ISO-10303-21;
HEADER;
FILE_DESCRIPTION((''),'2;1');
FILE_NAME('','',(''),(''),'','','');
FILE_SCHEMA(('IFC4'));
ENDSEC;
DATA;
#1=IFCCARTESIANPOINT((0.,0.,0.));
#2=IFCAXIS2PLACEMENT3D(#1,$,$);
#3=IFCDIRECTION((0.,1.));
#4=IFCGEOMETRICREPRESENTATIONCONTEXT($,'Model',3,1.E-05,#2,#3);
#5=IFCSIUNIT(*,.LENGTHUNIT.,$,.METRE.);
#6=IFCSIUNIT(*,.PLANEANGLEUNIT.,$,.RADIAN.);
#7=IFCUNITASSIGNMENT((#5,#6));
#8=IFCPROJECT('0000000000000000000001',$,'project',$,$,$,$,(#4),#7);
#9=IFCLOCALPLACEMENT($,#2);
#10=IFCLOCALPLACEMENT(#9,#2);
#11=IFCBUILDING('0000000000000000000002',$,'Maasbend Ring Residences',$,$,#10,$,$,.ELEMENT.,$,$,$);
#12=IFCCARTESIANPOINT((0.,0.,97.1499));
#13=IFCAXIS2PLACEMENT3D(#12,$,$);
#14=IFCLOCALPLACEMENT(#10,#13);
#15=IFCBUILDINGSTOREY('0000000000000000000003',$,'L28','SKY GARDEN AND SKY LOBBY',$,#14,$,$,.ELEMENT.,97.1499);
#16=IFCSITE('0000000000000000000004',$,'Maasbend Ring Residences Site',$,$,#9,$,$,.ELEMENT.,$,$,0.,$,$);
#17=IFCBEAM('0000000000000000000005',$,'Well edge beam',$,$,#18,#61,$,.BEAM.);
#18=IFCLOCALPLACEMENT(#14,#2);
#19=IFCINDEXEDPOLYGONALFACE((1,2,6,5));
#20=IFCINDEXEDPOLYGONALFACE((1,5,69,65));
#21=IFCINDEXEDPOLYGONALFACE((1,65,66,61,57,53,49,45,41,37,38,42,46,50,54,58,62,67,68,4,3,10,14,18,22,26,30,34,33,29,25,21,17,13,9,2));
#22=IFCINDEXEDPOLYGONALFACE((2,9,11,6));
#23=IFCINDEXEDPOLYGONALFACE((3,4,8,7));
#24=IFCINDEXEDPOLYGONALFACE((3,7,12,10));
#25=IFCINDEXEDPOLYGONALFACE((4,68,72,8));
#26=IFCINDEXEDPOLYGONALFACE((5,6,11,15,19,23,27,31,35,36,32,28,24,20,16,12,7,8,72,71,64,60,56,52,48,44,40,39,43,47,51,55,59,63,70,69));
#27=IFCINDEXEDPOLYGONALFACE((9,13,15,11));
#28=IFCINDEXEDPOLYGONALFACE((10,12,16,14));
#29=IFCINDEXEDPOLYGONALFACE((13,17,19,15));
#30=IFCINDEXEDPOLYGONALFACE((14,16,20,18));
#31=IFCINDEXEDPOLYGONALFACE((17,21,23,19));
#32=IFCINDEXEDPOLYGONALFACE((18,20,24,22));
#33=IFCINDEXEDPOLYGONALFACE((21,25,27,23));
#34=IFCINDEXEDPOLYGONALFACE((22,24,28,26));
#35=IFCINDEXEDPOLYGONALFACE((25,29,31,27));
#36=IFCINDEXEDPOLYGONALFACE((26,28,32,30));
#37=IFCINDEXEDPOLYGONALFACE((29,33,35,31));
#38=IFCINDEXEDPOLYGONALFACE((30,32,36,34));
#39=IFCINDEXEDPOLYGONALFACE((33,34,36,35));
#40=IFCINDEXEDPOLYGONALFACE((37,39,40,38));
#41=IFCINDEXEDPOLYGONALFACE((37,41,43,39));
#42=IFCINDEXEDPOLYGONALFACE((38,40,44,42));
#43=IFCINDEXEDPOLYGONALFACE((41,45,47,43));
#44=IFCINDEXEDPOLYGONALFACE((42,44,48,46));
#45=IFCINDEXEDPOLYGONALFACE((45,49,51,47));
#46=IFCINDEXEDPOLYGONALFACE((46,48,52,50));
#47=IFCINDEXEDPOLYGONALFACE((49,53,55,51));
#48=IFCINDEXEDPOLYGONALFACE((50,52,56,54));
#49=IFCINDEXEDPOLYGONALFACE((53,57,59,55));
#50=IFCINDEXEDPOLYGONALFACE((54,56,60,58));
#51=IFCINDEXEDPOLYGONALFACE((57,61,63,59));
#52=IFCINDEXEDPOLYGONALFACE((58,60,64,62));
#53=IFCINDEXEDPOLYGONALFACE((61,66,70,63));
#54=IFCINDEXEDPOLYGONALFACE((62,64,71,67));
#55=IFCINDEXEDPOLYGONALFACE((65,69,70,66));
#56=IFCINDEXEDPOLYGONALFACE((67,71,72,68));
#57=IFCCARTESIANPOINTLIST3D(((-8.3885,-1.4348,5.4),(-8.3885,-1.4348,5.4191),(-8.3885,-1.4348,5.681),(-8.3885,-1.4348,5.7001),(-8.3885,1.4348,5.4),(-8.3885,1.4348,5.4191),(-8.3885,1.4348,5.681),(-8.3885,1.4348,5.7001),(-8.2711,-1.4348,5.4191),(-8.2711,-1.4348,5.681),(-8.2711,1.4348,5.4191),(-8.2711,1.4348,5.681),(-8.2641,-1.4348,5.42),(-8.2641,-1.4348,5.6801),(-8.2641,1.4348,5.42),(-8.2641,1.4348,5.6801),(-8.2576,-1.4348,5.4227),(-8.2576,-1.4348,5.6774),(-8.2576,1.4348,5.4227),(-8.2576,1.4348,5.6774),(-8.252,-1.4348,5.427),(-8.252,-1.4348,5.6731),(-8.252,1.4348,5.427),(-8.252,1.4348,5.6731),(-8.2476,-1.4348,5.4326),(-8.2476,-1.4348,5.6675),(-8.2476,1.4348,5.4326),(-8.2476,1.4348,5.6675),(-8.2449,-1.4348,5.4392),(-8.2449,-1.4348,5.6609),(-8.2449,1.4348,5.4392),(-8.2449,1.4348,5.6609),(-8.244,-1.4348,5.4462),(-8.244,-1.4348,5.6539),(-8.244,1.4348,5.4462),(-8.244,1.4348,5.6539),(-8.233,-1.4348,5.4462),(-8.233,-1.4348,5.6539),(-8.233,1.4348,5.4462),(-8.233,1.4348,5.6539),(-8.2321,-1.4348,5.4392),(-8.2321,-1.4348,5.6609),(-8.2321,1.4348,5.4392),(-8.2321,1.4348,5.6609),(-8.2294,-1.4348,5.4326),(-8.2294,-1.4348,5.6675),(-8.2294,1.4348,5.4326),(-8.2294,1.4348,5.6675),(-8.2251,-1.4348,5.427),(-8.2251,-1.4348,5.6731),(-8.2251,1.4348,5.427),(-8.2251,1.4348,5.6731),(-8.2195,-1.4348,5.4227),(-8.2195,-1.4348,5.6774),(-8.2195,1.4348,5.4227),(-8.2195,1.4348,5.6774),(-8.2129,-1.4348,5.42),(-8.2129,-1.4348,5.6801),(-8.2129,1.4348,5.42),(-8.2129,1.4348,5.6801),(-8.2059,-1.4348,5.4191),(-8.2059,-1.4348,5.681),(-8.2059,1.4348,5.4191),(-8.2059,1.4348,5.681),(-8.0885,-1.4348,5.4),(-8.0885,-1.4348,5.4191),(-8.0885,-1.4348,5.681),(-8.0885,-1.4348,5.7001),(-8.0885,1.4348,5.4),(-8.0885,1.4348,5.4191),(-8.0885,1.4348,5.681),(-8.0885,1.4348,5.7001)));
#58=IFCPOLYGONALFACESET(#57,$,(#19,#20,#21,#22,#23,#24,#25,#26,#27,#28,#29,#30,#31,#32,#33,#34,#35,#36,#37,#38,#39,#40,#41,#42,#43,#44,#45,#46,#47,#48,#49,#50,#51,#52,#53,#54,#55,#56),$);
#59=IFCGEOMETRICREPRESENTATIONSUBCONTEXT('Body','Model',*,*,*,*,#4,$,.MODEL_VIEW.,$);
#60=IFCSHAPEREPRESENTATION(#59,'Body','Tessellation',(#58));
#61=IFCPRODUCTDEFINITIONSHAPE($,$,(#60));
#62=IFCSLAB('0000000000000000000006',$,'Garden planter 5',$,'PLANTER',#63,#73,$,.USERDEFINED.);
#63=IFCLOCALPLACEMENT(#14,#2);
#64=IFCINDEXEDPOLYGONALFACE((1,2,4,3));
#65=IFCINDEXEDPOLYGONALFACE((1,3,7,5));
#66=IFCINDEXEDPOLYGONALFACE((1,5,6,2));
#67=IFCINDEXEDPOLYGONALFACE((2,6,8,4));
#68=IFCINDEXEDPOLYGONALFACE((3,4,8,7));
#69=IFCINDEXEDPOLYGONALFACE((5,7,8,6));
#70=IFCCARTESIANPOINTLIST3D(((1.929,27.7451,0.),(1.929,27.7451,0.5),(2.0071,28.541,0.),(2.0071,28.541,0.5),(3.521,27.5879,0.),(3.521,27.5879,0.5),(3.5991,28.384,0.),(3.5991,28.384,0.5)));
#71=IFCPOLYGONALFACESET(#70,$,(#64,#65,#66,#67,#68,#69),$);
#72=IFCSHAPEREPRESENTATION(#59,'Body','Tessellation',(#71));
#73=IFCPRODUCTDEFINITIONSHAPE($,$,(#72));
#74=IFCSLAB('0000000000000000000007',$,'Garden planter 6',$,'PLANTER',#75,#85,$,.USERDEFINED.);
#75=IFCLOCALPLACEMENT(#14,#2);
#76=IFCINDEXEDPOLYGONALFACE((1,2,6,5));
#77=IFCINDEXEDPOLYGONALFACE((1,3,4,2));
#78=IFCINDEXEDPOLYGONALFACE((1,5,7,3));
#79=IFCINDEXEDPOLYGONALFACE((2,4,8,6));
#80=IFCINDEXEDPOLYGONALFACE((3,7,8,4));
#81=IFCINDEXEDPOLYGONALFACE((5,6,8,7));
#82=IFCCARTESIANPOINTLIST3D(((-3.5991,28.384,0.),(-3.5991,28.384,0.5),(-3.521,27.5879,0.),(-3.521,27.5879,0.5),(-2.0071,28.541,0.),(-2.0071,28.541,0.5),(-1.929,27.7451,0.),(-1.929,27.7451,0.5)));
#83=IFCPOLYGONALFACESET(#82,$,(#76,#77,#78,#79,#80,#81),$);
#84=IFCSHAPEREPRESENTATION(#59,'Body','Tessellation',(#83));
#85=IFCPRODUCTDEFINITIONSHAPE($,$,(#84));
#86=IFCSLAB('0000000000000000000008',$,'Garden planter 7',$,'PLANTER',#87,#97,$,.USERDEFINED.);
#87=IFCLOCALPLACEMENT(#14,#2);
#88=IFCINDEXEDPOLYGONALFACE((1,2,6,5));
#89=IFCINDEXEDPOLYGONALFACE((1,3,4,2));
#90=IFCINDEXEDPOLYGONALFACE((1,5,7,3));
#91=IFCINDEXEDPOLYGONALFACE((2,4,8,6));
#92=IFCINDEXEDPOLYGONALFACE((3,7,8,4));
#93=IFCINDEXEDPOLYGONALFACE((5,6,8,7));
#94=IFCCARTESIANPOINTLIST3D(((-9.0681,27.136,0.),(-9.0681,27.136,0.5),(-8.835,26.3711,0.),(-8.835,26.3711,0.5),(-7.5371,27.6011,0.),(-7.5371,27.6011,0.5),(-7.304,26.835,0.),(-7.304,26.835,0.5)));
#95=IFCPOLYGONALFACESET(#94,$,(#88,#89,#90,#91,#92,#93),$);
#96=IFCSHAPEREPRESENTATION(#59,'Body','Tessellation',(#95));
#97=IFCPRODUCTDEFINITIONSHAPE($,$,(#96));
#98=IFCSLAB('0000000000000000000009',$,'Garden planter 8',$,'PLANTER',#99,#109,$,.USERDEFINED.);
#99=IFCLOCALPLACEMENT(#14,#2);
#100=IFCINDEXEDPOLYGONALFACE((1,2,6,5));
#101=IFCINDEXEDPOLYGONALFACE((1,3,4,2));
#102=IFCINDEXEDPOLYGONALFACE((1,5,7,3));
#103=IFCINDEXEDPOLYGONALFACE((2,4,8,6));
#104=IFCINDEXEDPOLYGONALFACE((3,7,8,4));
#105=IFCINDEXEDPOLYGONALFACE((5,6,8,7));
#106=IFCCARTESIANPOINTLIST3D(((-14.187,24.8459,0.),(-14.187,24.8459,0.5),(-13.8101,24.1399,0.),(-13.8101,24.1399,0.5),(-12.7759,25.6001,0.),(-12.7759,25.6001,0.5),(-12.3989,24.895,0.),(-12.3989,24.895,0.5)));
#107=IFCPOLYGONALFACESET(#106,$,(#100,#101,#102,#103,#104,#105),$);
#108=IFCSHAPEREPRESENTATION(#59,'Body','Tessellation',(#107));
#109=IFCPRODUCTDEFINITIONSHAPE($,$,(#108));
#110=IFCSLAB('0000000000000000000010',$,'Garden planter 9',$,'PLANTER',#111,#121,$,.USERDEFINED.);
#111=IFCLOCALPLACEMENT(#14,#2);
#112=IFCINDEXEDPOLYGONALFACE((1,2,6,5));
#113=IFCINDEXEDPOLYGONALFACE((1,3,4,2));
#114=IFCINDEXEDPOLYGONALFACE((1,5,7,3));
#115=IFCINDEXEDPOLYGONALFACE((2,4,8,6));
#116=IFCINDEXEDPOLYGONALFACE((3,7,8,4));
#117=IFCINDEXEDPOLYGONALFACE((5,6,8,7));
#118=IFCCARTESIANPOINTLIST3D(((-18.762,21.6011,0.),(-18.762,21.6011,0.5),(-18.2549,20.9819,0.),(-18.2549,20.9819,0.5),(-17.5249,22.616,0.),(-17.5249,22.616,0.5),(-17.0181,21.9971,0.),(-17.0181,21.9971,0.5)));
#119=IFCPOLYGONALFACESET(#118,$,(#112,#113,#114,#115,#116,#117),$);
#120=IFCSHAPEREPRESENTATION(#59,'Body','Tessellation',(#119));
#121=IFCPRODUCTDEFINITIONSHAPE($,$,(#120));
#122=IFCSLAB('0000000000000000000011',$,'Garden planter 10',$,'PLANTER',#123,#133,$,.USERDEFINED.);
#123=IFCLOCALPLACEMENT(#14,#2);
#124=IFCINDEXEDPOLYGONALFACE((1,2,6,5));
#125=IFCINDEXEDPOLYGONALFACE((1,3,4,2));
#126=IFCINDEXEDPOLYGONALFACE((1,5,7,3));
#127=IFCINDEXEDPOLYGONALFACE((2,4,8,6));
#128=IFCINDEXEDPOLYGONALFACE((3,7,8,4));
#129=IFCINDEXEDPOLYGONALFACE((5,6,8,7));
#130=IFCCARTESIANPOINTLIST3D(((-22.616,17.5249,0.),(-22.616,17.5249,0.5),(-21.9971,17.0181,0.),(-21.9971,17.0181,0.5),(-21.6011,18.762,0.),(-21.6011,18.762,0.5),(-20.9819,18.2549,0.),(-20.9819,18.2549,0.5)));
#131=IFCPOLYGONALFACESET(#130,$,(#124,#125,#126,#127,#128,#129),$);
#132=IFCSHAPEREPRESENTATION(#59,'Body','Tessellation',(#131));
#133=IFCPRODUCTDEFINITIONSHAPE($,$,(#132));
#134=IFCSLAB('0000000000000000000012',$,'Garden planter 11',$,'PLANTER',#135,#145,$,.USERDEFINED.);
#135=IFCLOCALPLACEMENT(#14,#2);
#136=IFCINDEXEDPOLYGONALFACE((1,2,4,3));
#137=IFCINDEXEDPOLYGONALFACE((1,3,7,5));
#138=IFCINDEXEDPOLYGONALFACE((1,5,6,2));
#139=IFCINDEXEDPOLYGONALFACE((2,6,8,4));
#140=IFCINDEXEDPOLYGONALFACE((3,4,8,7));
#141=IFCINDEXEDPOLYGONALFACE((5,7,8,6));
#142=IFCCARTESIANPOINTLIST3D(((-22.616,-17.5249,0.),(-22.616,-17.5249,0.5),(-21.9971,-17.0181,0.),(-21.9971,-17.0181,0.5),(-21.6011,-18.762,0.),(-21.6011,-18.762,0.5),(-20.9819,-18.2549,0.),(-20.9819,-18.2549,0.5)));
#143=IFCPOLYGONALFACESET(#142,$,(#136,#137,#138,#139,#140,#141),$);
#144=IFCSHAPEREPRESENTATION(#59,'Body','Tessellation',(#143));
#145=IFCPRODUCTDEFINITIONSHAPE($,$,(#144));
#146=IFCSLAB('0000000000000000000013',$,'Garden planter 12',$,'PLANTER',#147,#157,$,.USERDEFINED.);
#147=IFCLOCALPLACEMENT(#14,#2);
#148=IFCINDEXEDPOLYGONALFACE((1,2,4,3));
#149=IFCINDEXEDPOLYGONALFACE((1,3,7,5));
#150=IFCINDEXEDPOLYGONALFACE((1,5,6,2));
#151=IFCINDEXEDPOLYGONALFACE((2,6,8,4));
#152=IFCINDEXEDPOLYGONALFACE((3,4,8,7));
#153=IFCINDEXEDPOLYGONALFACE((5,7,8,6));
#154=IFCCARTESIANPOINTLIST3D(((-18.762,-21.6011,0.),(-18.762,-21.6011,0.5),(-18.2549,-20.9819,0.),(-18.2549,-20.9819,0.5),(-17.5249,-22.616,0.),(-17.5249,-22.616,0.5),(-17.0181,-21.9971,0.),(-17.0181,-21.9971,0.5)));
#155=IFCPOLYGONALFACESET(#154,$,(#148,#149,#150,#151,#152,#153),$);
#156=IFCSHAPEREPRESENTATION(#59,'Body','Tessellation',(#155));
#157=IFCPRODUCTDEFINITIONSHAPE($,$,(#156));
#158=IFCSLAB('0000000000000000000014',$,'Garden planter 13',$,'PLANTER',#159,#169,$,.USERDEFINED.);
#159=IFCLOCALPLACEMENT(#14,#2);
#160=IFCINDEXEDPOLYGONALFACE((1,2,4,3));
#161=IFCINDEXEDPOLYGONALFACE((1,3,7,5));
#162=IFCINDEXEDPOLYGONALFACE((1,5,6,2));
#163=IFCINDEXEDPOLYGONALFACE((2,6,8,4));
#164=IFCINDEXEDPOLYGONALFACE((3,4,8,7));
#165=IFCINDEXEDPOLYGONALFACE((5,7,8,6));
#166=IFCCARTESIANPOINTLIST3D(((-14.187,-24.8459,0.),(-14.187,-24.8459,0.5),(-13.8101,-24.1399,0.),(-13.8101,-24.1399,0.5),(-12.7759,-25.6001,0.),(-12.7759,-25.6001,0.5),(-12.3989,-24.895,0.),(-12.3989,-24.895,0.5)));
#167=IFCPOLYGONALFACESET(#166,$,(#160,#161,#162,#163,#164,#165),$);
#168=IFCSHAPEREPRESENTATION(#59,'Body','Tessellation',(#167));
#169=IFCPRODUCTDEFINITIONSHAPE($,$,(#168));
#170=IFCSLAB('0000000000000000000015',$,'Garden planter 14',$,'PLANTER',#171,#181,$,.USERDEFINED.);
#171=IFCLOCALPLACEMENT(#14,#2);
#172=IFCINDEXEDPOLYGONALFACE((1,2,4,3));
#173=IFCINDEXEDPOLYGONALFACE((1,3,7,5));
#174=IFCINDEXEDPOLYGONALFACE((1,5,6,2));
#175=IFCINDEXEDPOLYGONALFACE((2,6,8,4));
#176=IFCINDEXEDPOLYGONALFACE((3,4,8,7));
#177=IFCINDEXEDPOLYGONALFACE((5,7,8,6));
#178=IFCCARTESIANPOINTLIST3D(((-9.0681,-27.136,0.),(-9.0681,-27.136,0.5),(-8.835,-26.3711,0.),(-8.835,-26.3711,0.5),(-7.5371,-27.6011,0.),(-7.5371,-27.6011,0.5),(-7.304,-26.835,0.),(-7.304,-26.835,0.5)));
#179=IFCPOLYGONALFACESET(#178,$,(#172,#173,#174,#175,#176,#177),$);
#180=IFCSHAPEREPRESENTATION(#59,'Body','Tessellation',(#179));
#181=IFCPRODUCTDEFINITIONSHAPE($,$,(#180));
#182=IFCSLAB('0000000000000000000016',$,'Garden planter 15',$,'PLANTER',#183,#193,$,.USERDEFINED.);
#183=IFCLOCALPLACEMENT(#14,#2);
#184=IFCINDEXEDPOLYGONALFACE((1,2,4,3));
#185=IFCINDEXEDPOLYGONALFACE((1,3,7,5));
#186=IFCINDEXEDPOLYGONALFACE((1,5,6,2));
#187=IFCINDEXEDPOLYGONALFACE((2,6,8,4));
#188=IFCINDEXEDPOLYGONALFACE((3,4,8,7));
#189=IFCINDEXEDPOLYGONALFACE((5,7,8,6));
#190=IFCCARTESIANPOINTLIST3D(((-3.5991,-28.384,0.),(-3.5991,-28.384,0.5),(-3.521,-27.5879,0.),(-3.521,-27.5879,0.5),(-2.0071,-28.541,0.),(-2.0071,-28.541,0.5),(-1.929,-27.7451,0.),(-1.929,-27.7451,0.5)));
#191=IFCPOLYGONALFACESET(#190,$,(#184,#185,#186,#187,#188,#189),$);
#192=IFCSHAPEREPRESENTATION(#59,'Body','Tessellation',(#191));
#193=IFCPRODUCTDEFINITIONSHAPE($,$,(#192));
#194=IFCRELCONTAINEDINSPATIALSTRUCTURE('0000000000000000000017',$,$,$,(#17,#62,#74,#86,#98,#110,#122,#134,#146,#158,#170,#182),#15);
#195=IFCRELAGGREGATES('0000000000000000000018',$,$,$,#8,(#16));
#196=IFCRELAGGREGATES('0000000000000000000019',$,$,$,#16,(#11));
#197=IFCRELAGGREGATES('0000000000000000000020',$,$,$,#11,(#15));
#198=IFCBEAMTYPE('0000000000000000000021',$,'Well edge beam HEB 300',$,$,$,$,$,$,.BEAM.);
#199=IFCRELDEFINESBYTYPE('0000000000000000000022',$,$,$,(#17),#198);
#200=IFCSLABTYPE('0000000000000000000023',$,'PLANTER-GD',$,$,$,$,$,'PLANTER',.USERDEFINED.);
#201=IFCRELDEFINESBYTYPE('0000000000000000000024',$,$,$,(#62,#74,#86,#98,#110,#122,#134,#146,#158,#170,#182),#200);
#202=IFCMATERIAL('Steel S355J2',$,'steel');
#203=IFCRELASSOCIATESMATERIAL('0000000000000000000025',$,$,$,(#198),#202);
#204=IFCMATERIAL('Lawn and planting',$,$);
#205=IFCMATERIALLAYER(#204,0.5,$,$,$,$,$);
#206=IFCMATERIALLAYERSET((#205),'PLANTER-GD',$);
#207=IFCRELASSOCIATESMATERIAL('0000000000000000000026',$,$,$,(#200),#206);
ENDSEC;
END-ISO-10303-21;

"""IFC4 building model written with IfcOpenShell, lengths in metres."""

from ifc_helpers import new_model, si_unit, direction, frame, origin, origin_2d, place, context, subcontext, project, spatial, polyline, i_section, outline, extrude, material, layer, layer_set, material_profile, profile_set, type_object, element, save


model = new_model("IFC4")

# Units and contexts
model_context = context("Model", 3, precision=1e-05, world=origin(), true_north=direction((0.0, 1.0)))
body_context = subcontext(model_context, "Body", "Model", "MODEL_VIEW")
ifc_project = project(units=[si_unit("LENGTHUNIT", "METRE"), si_unit("PLANEANGLEUNIT", "RADIAN")], contexts=[model_context])

# Site, building, storey
site_placement = place(None, origin())
site = spatial("IfcSite", under=ifc_project, at=site_placement, Name="Maasbend Ring Residences Site", CompositionType="ELEMENT", RefElevation=0.0)
building_placement = place(site_placement, origin())
building = spatial("IfcBuilding", under=site, at=building_placement, Name="Maasbend Ring Residences", CompositionType="ELEMENT")
storey_placement = place(building_placement, frame((0.0, 0.0, 97.1499)))
storey = spatial("IfcBuildingStorey", under=building, at=storey_placement, Name="L28", Description="SKY GARDEN AND SKY LOBBY", CompositionType="ELEMENT", Elevation=97.1499)

# Beam
ifc_material_1 = material(Name="Steel S355J2", Category="steel")
ifc_material_profile_1 = material_profile(ifc_material_1, i_section(OverallWidth=0.3, OverallDepth=0.3, WebThickness=0.011, FlangeThickness=0.019, FilletRadius=0.0271, at=origin_2d()), Name="HEB 300")
ifc_profile_set_1 = profile_set([ifc_material_profile_1], Name="Steel S355J2")
beam_type = type_object("IfcBeamType", Name="Well edge beam HEB 300", PredefinedType="BEAM", material=ifc_profile_set_1)
beam_1_placement = place(storey_placement, frame((-8.2385, 1.4348, 5.55), z_axis=(0.0, -1.0, 0.0), x_axis=(1.0, 0.0, 0.0)))
element("IfcBeam", 1, at=beam_1_placement, inside=storey, type_object=beam_type, Name="Well edge beam", PredefinedType="BEAM", context=body_context, shape_type="SweptSolid", body=[
    extrude(i_section(OverallWidth=0.3, OverallDepth=0.3, WebThickness=0.011, FlangeThickness=0.019, FilletRadius=0.0271, at=origin_2d()), origin(), (0.0, 0.0, 1.0), 2.8696),
])

# Slabs
ifc_material_2 = material(Name="Lawn and planting")
ifc_layer_1 = layer(ifc_material_2, 0.5)
ifc_layer_set_1 = layer_set([ifc_layer_1], Name="PLANTER-GD")
slab_type = type_object("IfcSlabType", Name="PLANTER-GD", ElementType="PLANTER", PredefinedType="USERDEFINED", material=ifc_layer_set_1)
slab_1_placement = place(storey_placement, origin())
element("IfcSlab", 2, at=slab_1_placement, inside=storey, type_object=slab_type, Name="Garden planter 5", ObjectType="PLANTER", PredefinedType="USERDEFINED", context=body_context, shape_type="SweptSolid", body=[
    extrude(outline(polyline([(3.5991, 28.384), (2.0071, 28.541), (1.929, 27.7451), (3.521, 27.5879), (3.5991, 28.384)])), origin(), (0.0, 0.0, 1.0), 0.5),
])
slab_2_placement = place(storey_placement, origin())
element("IfcSlab", 3, at=slab_2_placement, inside=storey, type_object=slab_type, Name="Garden planter 6", ObjectType="PLANTER", PredefinedType="USERDEFINED", context=body_context, shape_type="SweptSolid", body=[
    extrude(outline(polyline([(-2.0071, 28.541), (-3.5991, 28.384), (-3.521, 27.5879), (-1.929, 27.7451), (-2.0071, 28.541)])), origin(), (0.0, 0.0, 1.0), 0.5),
])
slab_3_placement = place(storey_placement, origin())
element("IfcSlab", 4, at=slab_3_placement, inside=storey, type_object=slab_type, Name="Garden planter 7", ObjectType="PLANTER", PredefinedType="USERDEFINED", context=body_context, shape_type="SweptSolid", body=[
    extrude(outline(polyline([(-7.5371, 27.6011), (-9.0681, 27.136), (-8.835, 26.3711), (-7.304, 26.835), (-7.5371, 27.6011)])), origin(), (0.0, 0.0, 1.0), 0.5),
])
slab_4_placement = place(storey_placement, origin())
element("IfcSlab", 5, at=slab_4_placement, inside=storey, type_object=slab_type, Name="Garden planter 8", ObjectType="PLANTER", PredefinedType="USERDEFINED", context=body_context, shape_type="SweptSolid", body=[
    extrude(outline(polyline([(-12.7759, 25.6001), (-14.187, 24.8459), (-13.8101, 24.1399), (-12.3989, 24.895), (-12.7759, 25.6001)])), origin(), (0.0, 0.0, 1.0), 0.5),
])
slab_5_placement = place(storey_placement, origin())
element("IfcSlab", 6, at=slab_5_placement, inside=storey, type_object=slab_type, Name="Garden planter 9", ObjectType="PLANTER", PredefinedType="USERDEFINED", context=body_context, shape_type="SweptSolid", body=[
    extrude(outline(polyline([(-17.5249, 22.616), (-18.762, 21.6011), (-18.2549, 20.9819), (-17.0181, 21.9971), (-17.5249, 22.616)])), origin(), (0.0, 0.0, 1.0), 0.5),
])
slab_6_placement = place(storey_placement, origin())
element("IfcSlab", 7, at=slab_6_placement, inside=storey, type_object=slab_type, Name="Garden planter 10", ObjectType="PLANTER", PredefinedType="USERDEFINED", context=body_context, shape_type="SweptSolid", body=[
    extrude(outline(polyline([(-21.6011, 18.762), (-22.616, 17.5249), (-21.9971, 17.0181), (-20.9819, 18.2549), (-21.6011, 18.762)])), origin(), (0.0, 0.0, 1.0), 0.5),
])
slab_7_placement = place(storey_placement, origin())
element("IfcSlab", 8, at=slab_7_placement, inside=storey, type_object=slab_type, Name="Garden planter 11", ObjectType="PLANTER", PredefinedType="USERDEFINED", context=body_context, shape_type="SweptSolid", body=[
    extrude(outline(polyline([(-22.616, -17.5249), (-21.6011, -18.762), (-20.9819, -18.2549), (-21.9971, -17.0181), (-22.616, -17.5249)])), origin(), (0.0, 0.0, 1.0), 0.5),
])
slab_8_placement = place(storey_placement, origin())
element("IfcSlab", 9, at=slab_8_placement, inside=storey, type_object=slab_type, Name="Garden planter 12", ObjectType="PLANTER", PredefinedType="USERDEFINED", context=body_context, shape_type="SweptSolid", body=[
    extrude(outline(polyline([(-18.762, -21.6011), (-17.5249, -22.616), (-17.0181, -21.9971), (-18.2549, -20.9819), (-18.762, -21.6011)])), origin(), (0.0, 0.0, 1.0), 0.5),
])
slab_9_placement = place(storey_placement, origin())
element("IfcSlab", 10, at=slab_9_placement, inside=storey, type_object=slab_type, Name="Garden planter 13", ObjectType="PLANTER", PredefinedType="USERDEFINED", context=body_context, shape_type="SweptSolid", body=[
    extrude(outline(polyline([(-14.187, -24.8459), (-12.7759, -25.6001), (-12.3989, -24.895), (-13.8101, -24.1399), (-14.187, -24.8459)])), origin(), (0.0, 0.0, 1.0), 0.5),
])
slab_10_placement = place(storey_placement, origin())
element("IfcSlab", 11, at=slab_10_placement, inside=storey, type_object=slab_type, Name="Garden planter 14", ObjectType="PLANTER", PredefinedType="USERDEFINED", context=body_context, shape_type="SweptSolid", body=[
    extrude(outline(polyline([(-9.0681, -27.136), (-7.5371, -27.6011), (-7.304, -26.835), (-8.835, -26.3711), (-9.0681, -27.136)])), origin(), (0.0, 0.0, 1.0), 0.5),
])
slab_11_placement = place(storey_placement, origin())
element("IfcSlab", 12, at=slab_11_placement, inside=storey, type_object=slab_type, Name="Garden planter 15", ObjectType="PLANTER", PredefinedType="USERDEFINED", context=body_context, shape_type="SweptSolid", body=[
    extrude(outline(polyline([(-3.5991, -28.384), (-2.0071, -28.541), (-1.929, -27.7451), (-3.521, -27.5879), (-3.5991, -28.384)])), origin(), (0.0, 0.0, 1.0), 0.5),
])

save(model, "model.ifc")
